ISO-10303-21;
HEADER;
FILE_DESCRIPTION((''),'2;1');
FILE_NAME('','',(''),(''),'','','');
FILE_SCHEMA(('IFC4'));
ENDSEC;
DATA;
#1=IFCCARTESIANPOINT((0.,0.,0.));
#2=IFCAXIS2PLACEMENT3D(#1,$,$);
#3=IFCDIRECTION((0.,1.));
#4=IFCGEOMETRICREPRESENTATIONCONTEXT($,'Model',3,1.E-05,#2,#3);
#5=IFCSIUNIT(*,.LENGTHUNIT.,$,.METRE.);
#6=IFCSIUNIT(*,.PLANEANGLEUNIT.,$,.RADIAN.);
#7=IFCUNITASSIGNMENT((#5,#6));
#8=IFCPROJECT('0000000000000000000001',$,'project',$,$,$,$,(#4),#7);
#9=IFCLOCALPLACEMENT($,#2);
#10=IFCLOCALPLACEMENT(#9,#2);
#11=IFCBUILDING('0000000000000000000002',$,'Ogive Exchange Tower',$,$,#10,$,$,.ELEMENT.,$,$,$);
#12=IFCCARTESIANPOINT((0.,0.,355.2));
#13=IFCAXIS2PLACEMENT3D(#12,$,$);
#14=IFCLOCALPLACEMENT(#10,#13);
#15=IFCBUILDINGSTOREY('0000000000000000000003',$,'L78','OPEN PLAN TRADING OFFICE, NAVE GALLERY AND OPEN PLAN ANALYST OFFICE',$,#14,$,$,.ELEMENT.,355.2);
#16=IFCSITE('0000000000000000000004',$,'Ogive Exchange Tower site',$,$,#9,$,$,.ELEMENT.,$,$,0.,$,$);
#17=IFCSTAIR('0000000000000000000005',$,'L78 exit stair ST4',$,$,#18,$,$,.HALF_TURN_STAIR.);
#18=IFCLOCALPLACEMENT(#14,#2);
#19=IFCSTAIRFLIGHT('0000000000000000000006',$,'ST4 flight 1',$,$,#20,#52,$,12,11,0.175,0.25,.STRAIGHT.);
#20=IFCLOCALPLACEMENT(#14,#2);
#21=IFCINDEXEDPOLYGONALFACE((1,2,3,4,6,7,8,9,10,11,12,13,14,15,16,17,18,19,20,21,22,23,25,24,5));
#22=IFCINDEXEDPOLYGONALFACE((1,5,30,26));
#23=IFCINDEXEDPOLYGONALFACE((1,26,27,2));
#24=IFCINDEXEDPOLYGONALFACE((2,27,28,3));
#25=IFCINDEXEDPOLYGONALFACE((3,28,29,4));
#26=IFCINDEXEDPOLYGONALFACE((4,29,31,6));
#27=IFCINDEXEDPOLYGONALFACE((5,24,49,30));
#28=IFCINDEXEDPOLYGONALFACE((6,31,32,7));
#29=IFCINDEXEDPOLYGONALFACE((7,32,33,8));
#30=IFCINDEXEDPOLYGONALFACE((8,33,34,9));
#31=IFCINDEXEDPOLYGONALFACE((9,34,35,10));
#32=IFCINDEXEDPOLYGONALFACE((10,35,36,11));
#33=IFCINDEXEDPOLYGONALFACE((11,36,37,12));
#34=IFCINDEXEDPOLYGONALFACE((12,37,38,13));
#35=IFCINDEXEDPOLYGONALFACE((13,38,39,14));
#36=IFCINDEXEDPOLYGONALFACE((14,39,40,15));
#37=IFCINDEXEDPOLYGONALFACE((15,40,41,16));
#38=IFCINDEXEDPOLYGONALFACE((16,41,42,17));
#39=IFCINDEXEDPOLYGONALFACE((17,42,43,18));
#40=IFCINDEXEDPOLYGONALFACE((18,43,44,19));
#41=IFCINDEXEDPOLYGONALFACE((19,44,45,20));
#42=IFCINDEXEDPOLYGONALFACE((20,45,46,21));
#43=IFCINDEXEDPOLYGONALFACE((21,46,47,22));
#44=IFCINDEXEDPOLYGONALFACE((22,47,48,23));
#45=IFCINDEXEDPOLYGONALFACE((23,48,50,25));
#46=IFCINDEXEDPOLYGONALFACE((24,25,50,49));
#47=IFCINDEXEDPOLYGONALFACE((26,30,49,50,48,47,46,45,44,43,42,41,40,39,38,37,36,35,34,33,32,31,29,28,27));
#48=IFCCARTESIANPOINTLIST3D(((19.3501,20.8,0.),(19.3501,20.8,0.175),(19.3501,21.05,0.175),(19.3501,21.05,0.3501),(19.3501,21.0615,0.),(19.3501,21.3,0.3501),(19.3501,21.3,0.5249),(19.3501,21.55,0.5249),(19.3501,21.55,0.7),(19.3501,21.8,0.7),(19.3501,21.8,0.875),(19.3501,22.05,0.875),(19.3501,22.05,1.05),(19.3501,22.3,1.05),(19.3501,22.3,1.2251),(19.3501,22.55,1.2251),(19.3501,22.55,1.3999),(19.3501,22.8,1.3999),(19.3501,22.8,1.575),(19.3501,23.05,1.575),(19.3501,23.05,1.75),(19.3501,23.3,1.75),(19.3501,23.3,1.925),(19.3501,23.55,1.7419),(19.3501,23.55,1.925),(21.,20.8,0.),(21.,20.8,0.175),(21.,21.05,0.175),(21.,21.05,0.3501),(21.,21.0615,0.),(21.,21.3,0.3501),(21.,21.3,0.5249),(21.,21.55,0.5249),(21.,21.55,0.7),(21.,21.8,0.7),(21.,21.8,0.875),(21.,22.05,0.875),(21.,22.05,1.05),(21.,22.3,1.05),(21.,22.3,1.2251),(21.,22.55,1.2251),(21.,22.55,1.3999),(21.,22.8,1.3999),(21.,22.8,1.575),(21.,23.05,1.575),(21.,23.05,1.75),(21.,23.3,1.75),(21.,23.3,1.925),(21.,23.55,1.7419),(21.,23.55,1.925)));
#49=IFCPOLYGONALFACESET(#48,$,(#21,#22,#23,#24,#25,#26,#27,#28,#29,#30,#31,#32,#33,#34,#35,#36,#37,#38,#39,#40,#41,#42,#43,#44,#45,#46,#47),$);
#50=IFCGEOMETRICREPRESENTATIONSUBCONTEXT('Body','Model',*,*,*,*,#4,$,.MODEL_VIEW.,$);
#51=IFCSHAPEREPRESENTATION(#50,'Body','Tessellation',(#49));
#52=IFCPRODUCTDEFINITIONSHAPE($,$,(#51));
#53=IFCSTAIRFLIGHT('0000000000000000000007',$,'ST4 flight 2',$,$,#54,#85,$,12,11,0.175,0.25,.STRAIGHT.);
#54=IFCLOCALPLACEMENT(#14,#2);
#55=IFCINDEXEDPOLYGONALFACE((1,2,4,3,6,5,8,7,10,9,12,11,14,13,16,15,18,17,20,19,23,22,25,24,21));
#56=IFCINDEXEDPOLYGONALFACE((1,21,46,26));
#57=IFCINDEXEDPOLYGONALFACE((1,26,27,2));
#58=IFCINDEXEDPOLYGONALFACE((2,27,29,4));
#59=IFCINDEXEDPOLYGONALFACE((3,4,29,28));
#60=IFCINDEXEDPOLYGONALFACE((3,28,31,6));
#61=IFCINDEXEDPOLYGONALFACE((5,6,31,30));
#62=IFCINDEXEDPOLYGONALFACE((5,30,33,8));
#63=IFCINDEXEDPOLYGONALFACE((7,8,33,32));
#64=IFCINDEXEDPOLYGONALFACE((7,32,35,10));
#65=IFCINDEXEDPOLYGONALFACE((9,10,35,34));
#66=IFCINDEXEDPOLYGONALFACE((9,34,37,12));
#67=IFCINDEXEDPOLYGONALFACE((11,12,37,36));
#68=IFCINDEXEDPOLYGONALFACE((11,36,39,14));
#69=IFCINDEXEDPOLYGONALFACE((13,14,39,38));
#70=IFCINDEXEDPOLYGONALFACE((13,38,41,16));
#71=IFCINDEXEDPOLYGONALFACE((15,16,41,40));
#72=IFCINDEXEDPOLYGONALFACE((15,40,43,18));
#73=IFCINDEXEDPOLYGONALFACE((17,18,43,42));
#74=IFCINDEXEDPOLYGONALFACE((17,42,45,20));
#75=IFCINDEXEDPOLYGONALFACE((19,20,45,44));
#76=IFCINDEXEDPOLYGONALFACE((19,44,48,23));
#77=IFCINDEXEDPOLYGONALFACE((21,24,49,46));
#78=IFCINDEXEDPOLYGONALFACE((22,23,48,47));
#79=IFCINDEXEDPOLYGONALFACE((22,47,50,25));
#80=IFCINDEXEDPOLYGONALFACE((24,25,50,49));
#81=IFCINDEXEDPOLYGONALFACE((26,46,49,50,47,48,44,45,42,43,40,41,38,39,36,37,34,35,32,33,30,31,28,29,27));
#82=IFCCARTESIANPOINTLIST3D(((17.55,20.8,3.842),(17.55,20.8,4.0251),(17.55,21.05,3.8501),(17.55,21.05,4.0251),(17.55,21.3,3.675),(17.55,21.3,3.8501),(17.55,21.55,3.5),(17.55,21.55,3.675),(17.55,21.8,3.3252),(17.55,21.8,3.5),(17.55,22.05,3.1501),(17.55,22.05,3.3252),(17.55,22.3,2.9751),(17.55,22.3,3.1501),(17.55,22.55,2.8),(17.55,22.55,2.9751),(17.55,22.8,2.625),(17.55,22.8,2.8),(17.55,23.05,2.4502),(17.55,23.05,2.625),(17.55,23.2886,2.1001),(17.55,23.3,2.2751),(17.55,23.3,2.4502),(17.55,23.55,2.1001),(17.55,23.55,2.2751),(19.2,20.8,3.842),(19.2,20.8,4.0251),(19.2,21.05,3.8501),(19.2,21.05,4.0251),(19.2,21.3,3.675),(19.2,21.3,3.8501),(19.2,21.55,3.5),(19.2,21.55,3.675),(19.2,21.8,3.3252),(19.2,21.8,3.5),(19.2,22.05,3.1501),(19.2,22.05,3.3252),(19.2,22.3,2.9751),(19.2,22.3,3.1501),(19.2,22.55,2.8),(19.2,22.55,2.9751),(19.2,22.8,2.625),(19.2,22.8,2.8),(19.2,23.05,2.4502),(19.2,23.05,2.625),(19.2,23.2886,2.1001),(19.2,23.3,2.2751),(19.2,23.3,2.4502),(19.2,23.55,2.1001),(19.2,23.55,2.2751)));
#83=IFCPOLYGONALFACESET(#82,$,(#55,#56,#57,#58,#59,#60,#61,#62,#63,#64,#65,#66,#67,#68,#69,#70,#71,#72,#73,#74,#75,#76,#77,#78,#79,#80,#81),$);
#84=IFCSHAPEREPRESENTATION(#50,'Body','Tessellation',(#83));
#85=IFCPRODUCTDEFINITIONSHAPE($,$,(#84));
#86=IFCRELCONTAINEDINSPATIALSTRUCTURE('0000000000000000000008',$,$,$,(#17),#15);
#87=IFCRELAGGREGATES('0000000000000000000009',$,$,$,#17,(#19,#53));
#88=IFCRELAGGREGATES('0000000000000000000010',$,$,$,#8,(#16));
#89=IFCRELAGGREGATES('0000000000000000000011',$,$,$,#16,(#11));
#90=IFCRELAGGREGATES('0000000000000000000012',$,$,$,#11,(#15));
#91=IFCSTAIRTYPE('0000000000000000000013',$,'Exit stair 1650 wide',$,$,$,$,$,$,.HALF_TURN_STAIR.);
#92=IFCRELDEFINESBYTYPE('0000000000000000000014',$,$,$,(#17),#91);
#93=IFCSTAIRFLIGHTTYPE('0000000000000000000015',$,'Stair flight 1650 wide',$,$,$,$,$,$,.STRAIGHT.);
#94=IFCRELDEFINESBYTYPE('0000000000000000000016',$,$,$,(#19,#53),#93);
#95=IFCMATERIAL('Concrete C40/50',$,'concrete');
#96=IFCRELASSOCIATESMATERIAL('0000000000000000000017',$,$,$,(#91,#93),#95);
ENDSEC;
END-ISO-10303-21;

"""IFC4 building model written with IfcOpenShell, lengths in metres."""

from ifc_helpers import new_model, si_unit, direction, frame, origin, place, context, subcontext, project, spatial, polyline, outline, extrude, material, type_object, element, aggregate, save


model = new_model("IFC4")

# Units and contexts
model_context = context("Model", 3, precision=1e-05, world=origin(), true_north=direction((0.0, 1.0)))
body_context = subcontext(model_context, "Body", "Model", "MODEL_VIEW")
ifc_project = project(units=[si_unit("LENGTHUNIT", "METRE"), si_unit("PLANEANGLEUNIT", "RADIAN")], contexts=[model_context])

# Site, building, storey
site_placement = place(None, origin())
site = spatial("IfcSite", under=ifc_project, at=site_placement, Name="Ogive Exchange Tower site", CompositionType="ELEMENT", RefElevation=0.0)
building_placement = place(site_placement, origin())
building = spatial("IfcBuilding", under=site, at=building_placement, Name="Ogive Exchange Tower", CompositionType="ELEMENT")
storey_placement = place(building_placement, frame((0.0, 0.0, 355.2)))
storey = spatial("IfcBuildingStorey", under=building, at=storey_placement, Name="L78", Description="OPEN PLAN TRADING OFFICE, NAVE GALLERY AND OPEN PLAN ANALYST OFFICE", CompositionType="ELEMENT", Elevation=355.2)

# Stair, stair flights
ifc_material_1 = material(Name="Concrete C40/50", Category="concrete")
stair_type = type_object("IfcStairType", Name="Exit stair 1650 wide", PredefinedType="HALF_TURN_STAIR", material=ifc_material_1)
stair_placement = place(storey_placement, origin())
stair = element("IfcStair", 1, at=stair_placement, inside=storey, type_object=stair_type, Name="L78 exit stair ST4", PredefinedType="HALF_TURN_STAIR")
stair_flight_type = type_object("IfcStairFlightType", Name="Stair flight 1650 wide", PredefinedType="STRAIGHT", material=ifc_material_1)
stair_flight_1_placement = place(storey_placement, frame((20.175, 20.8, 0.0), z_axis=(0.0, 0.0, 1.0), x_axis=(0.0, 1.0, 0.0)))
stair_flight_1 = element("IfcStairFlight", 2, at=stair_flight_1_placement, type_object=stair_flight_type, Name="ST4 flight 1", NumberOfRisers=12, NumberOfTreads=11, PredefinedType="STRAIGHT", RiserHeight=0.175, TreadLength=0.25, context=body_context, shape_type="SweptSolid", body=[
    extrude(outline(polyline([(0.0, 0.0), (0.0, 0.175), (0.25, 0.175), (0.25, 0.3501), (0.5, 0.3501), (0.5, 0.5249), (0.75, 0.5249), (0.75, 0.7), (1.0, 0.7), (1.0, 0.875), (1.25, 0.875), (1.25, 1.05), (1.5, 1.05), (1.5, 1.2251), (1.75, 1.2251), (1.75, 1.3999), (2.0, 1.3999), (2.0, 1.575), (2.25, 1.575), (2.25, 1.75), (2.5, 1.75), (2.5, 1.925), (2.75, 1.925), (2.75, 2.1001), (2.75, 1.7419), (0.2615, 0.0), (0.0, 0.0)])), frame((0.0, 0.825, 0.0), z_axis=(0.0, -1.0, 0.0), x_axis=(1.0, 0.0, 0.0)), (0.0, 0.0, 1.0), 1.6499),
])
stair_flight_2_placement = place(storey_placement, frame((18.375, 23.55, 2.1001), z_axis=(0.0, 0.0, 1.0), x_axis=(0.0, -1.0, 0.0)))
stair_flight_2 = element("IfcStairFlight", 3, at=stair_flight_2_placement, type_object=stair_flight_type, Name="ST4 flight 2", NumberOfRisers=12, NumberOfTreads=11, PredefinedType="STRAIGHT", RiserHeight=0.175, TreadLength=0.25, context=body_context, shape_type="SweptSolid", body=[
    extrude(outline(polyline([(0.0, 0.0), (0.0, 0.175), (0.25, 0.175), (0.25, 0.3501), (0.5, 0.3501), (0.5, 0.5249), (0.75, 0.5249), (0.75, 0.7), (1.0, 0.7), (1.0, 0.875), (1.25, 0.875), (1.25, 1.05), (1.5, 1.05), (1.5, 1.2251), (1.75, 1.2251), (1.75, 1.3999), (2.0, 1.3999), (2.0, 1.575), (2.25, 1.575), (2.25, 1.75), (2.5, 1.75), (2.5, 1.925), (2.75, 1.925), (2.75, 2.1001), (2.75, 1.7419), (0.2615, 0.0), (0.0, 0.0)])), frame((0.0, 0.825, 0.0), z_axis=(0.0, -1.0, 0.0), x_axis=(1.0, 0.0, 0.0)), (0.0, 0.0, 1.0), 1.6499),
])
aggregate(stair, [stair_flight_1, stair_flight_2])

save(model, "model.ifc")
